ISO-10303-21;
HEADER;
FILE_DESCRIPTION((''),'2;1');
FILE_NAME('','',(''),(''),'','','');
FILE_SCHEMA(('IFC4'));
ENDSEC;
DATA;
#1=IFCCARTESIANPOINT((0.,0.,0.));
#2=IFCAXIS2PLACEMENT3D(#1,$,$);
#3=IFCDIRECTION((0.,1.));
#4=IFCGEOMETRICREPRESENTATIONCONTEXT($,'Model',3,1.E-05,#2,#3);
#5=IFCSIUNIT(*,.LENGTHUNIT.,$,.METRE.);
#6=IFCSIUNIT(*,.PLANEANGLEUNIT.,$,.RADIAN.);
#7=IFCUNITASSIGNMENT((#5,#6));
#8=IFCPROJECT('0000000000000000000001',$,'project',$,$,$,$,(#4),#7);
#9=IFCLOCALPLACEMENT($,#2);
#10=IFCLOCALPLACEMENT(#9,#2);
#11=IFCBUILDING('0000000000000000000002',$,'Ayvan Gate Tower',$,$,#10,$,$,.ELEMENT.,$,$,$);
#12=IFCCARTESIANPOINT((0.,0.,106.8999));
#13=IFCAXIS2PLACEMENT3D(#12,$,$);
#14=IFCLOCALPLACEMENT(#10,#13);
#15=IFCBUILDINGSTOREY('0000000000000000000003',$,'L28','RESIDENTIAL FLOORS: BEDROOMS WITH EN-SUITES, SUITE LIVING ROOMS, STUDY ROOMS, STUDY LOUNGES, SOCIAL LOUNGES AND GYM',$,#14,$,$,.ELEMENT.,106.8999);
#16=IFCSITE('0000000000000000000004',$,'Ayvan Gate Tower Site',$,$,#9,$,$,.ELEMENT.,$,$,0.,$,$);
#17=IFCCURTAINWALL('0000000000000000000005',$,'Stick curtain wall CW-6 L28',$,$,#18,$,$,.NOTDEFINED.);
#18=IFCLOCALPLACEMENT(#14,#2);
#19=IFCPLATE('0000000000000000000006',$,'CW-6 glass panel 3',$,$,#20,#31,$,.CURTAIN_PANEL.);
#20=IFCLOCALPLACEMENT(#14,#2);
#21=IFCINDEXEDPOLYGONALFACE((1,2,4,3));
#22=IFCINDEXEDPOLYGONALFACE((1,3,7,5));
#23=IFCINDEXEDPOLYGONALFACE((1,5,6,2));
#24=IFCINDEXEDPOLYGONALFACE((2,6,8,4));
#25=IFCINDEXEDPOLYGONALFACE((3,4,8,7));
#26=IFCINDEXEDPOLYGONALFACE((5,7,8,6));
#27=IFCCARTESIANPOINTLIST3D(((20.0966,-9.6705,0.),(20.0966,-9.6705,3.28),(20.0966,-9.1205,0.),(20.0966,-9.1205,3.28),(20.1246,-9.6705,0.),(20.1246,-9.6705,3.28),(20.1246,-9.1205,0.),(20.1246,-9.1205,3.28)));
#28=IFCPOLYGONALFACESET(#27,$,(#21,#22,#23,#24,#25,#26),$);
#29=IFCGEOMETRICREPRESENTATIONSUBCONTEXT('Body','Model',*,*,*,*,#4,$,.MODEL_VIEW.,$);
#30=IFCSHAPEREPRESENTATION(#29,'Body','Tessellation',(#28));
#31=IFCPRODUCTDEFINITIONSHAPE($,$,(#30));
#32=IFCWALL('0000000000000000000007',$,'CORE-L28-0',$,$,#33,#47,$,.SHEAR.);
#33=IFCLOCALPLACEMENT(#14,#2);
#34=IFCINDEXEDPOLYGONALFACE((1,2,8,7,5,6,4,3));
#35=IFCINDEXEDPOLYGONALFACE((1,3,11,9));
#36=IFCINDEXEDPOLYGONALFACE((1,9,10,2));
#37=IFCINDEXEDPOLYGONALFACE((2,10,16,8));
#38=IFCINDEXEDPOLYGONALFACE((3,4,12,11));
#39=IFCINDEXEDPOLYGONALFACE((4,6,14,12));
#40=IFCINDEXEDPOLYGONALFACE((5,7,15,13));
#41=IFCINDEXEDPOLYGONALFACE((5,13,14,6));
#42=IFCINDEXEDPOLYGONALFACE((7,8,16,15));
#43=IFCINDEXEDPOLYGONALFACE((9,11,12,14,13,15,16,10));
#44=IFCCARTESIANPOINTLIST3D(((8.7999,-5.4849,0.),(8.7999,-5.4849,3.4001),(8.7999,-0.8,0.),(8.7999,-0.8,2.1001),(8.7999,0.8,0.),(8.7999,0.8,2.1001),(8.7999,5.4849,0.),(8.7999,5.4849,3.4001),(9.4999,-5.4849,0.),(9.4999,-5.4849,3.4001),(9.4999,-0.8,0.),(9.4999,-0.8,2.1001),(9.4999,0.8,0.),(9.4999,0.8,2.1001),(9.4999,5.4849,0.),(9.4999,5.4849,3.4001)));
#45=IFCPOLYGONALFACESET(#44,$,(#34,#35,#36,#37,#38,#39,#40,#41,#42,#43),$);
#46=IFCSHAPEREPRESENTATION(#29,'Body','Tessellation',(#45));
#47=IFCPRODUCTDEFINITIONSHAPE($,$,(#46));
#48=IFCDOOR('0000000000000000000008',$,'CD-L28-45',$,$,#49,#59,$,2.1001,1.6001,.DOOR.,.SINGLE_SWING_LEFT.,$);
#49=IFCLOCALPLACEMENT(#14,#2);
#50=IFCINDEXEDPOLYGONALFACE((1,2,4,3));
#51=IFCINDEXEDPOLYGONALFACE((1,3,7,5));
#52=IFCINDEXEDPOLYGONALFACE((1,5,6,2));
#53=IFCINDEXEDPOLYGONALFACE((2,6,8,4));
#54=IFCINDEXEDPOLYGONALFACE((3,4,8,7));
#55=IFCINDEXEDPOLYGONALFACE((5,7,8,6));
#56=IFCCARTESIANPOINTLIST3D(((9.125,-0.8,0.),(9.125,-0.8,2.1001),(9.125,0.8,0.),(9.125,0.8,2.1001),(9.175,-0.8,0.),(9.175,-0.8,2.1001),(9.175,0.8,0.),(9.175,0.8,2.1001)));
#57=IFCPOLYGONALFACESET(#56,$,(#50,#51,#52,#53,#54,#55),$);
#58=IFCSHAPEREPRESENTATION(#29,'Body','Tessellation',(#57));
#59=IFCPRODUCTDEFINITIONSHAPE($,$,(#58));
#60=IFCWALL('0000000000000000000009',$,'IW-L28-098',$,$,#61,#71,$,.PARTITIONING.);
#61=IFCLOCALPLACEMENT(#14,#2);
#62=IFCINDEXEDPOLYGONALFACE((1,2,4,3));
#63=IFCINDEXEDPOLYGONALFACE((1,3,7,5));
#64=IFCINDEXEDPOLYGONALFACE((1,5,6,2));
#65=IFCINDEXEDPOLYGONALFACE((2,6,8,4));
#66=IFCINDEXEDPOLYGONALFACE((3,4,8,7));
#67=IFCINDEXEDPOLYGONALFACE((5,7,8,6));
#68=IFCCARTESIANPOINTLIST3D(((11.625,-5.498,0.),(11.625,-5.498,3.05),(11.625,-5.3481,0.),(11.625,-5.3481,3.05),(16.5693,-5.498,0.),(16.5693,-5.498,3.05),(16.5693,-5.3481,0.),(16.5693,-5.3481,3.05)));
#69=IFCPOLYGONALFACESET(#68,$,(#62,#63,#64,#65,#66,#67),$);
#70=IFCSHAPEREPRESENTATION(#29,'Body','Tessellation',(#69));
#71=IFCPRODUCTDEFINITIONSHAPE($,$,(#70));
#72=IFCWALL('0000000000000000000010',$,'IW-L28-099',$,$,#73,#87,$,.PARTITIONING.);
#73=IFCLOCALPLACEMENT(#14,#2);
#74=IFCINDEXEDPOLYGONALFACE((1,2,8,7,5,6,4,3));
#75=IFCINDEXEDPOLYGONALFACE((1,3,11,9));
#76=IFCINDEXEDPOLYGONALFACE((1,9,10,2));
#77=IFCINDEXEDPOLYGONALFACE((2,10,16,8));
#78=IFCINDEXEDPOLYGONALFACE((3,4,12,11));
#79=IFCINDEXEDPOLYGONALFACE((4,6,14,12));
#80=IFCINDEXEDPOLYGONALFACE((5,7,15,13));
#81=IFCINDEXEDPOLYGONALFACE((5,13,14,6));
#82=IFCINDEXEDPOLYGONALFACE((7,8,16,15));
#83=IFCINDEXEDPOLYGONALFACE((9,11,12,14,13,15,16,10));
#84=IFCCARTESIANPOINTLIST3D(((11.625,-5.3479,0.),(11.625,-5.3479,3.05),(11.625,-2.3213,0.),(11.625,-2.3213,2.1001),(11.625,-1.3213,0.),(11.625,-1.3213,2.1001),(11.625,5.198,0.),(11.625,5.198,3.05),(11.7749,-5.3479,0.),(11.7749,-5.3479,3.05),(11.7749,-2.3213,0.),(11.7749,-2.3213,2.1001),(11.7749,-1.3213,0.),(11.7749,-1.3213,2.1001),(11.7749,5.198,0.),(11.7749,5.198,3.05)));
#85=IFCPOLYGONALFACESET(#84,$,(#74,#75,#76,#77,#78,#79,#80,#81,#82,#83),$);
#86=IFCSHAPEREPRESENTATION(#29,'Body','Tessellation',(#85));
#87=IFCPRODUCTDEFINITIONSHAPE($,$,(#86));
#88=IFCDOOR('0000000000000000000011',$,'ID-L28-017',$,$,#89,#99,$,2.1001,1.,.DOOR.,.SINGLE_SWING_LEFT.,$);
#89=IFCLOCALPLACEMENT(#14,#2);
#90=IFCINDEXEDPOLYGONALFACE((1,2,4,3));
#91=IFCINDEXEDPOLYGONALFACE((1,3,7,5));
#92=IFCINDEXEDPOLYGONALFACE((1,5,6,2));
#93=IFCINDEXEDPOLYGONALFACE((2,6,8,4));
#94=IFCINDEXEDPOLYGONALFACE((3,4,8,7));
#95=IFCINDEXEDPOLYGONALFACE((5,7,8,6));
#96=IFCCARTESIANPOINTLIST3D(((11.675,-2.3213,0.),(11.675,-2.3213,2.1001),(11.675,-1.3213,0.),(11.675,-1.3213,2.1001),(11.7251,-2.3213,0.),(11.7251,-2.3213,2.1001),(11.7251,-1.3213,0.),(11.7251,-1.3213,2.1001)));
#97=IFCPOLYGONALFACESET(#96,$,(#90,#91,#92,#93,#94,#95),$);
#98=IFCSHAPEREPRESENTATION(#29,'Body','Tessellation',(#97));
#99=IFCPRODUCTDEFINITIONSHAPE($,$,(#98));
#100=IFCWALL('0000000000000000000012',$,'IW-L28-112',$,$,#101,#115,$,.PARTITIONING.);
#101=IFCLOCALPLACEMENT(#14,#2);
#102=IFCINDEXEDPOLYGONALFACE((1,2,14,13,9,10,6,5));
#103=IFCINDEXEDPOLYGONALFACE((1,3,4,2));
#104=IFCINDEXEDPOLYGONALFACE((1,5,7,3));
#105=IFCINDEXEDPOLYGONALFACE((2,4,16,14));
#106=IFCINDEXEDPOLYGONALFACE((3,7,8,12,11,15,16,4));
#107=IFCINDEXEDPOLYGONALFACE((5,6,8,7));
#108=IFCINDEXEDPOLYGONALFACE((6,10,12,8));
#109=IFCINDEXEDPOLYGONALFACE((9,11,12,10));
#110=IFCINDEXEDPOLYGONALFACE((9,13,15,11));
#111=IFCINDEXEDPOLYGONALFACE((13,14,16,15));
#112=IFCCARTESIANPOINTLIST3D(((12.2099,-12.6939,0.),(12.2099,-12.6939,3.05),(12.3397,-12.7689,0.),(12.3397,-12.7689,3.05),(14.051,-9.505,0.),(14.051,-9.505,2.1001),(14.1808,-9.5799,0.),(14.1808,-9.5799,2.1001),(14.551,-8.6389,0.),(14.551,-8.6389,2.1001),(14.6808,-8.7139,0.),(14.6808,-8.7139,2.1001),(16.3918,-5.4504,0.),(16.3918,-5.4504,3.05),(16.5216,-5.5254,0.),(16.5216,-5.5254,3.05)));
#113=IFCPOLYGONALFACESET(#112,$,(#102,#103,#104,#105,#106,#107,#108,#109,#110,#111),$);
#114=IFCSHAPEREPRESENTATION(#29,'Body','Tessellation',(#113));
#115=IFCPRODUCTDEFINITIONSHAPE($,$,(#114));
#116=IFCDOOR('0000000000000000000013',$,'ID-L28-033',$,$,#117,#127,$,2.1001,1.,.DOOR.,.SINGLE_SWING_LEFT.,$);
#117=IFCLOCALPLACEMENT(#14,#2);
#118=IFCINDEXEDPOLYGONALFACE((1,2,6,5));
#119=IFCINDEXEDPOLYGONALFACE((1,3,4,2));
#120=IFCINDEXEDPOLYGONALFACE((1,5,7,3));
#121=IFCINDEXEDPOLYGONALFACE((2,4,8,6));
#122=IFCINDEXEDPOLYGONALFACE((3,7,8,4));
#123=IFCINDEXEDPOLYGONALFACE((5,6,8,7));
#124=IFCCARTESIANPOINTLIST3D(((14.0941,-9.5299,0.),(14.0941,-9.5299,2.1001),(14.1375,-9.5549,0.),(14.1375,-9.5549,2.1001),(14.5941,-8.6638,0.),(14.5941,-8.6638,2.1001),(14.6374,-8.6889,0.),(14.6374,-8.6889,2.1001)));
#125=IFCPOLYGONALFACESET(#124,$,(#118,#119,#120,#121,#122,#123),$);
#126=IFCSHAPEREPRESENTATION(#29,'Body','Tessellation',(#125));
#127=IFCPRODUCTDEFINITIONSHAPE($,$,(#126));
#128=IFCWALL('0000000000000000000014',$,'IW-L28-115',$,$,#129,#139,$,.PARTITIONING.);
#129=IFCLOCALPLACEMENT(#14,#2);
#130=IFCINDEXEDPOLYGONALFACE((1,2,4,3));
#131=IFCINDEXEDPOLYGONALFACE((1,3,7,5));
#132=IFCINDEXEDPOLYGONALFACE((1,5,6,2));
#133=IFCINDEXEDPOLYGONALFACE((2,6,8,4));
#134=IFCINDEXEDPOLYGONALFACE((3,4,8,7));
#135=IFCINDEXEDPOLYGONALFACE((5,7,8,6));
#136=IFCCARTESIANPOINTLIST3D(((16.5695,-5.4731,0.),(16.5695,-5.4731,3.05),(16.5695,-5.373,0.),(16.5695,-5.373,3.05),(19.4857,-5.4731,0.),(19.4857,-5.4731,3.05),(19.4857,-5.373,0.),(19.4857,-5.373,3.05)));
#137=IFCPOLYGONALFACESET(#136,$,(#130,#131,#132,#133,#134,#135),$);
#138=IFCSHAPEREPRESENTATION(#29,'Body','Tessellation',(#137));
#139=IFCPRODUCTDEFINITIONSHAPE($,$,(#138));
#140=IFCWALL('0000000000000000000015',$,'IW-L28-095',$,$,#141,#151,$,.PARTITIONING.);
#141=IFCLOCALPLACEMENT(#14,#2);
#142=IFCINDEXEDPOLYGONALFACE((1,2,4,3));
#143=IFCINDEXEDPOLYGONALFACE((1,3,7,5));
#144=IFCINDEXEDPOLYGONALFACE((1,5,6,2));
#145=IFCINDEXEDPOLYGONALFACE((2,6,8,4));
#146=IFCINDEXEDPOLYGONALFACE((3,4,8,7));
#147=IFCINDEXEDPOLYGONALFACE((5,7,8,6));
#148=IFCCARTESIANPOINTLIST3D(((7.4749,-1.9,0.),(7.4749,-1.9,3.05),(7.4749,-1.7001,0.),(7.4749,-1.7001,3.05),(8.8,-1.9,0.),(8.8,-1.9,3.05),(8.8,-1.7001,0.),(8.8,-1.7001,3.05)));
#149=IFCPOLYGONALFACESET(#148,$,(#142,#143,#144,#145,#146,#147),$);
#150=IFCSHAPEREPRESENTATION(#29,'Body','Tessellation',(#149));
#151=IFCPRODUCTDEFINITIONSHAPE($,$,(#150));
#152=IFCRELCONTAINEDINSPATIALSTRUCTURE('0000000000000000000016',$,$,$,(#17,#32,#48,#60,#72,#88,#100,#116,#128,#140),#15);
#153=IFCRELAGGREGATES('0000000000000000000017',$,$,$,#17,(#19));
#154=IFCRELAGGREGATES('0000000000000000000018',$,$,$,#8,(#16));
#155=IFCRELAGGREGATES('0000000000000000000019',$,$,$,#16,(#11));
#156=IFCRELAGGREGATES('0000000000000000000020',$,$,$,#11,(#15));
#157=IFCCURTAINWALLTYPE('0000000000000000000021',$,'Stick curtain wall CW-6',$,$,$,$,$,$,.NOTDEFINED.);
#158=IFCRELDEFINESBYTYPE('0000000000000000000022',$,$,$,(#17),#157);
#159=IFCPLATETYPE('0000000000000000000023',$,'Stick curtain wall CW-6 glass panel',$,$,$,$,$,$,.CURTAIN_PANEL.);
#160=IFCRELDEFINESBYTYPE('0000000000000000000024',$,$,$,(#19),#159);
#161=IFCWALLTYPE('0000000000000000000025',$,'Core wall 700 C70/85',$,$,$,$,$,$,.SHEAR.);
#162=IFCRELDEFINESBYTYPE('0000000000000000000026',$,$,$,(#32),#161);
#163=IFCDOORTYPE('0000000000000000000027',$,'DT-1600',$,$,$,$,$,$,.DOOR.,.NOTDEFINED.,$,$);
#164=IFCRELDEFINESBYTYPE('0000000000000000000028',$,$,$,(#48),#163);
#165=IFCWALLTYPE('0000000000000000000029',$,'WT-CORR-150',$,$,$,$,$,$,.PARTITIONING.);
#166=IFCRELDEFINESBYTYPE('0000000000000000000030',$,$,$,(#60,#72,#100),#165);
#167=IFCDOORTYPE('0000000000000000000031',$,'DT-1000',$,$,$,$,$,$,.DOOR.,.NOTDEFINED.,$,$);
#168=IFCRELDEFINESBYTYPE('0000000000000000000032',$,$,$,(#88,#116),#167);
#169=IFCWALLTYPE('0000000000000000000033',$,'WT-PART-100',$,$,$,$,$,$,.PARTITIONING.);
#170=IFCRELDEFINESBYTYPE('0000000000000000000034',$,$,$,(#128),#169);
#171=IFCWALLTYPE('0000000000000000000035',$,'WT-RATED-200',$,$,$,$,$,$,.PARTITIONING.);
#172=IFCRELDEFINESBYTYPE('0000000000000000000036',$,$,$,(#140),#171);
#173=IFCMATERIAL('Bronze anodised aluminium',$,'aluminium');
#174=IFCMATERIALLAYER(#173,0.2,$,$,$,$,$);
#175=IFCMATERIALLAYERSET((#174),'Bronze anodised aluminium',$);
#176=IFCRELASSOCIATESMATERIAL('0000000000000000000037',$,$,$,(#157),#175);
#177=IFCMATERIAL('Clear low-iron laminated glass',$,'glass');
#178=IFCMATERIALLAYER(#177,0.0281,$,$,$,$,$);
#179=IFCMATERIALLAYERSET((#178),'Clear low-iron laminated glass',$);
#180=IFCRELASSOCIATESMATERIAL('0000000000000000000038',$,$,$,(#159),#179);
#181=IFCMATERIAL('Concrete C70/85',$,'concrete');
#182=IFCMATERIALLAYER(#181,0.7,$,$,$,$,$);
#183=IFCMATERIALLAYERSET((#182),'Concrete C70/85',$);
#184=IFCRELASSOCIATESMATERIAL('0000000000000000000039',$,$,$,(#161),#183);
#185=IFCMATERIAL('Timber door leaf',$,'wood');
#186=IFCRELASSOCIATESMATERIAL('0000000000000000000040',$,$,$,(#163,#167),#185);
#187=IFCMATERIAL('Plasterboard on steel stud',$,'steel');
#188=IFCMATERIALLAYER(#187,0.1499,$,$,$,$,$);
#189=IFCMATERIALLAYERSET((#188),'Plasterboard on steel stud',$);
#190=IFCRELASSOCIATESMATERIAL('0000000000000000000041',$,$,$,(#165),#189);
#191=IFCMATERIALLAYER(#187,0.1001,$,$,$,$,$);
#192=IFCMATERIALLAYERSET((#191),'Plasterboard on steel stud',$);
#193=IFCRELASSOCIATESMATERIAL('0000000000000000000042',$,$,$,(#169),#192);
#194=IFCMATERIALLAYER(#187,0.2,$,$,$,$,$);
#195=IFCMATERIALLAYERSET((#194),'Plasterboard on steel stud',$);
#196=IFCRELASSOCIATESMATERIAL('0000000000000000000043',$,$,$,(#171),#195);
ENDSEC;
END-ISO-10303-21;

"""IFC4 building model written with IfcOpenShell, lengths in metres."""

from ifc_helpers import new_model, si_unit, direction, frame, frame_2d, origin, origin_2d, place, context, subcontext, project, spatial, rectangle, extrude, material, layer, layer_set, type_object, element, fill, aggregate, save


model = new_model("IFC4")

# Units and contexts
model_context = context("Model", 3, precision=1e-05, world=origin(), true_north=direction((0.0, 1.0)))
body_context = subcontext(model_context, "Body", "Model", "MODEL_VIEW")
ifc_project = project(units=[si_unit("LENGTHUNIT", "METRE"), si_unit("PLANEANGLEUNIT", "RADIAN")], contexts=[model_context])

# Site, building, storey
site_placement = place(None, origin())
site = spatial("IfcSite", under=ifc_project, at=site_placement, Name="Ayvan Gate Tower Site", CompositionType="ELEMENT", RefElevation=0.0)
building_placement = place(site_placement, origin())
building = spatial("IfcBuilding", under=site, at=building_placement, Name="Ayvan Gate Tower", CompositionType="ELEMENT")
storey_placement = place(building_placement, frame((0.0, 0.0, 106.8999)))
storey = spatial("IfcBuildingStorey", under=building, at=storey_placement, Name="L28", Description="RESIDENTIAL FLOORS: BEDROOMS WITH EN-SUITES, SUITE LIVING ROOMS, STUDY ROOMS, STUDY LOUNGES, SOCIAL LOUNGES AND GYM", CompositionType="ELEMENT", Elevation=106.8999)

# Curtain wall
ifc_material_1 = material(Name="Bronze anodised aluminium", Category="aluminium")
ifc_layer_1 = layer(ifc_material_1, 0.2)
ifc_layer_set_1 = layer_set([ifc_layer_1], Name="Bronze anodised aluminium")
curtain_wall_type_1 = type_object("IfcCurtainWallType", Name="Stick curtain wall CW-6", PredefinedType="NOTDEFINED", material=ifc_layer_set_1)
curtain_wall_1_placement = place(storey_placement, origin())
curtain_wall_1 = element("IfcCurtainWall", 1, at=curtain_wall_1_placement, inside=storey, type_object=curtain_wall_type_1, Name="Stick curtain wall CW-6 L28", PredefinedType="NOTDEFINED")

# Plate
ifc_material_2 = material(Name="Clear low-iron laminated glass", Category="glass")
ifc_layer_2 = layer(ifc_material_2, 0.0281)
ifc_layer_set_2 = layer_set([ifc_layer_2], Name="Clear low-iron laminated glass")
plate_type_1 = type_object("IfcPlateType", Name="Stick curtain wall CW-6 glass panel", PredefinedType="CURTAIN_PANEL", material=ifc_layer_set_2)
plate_1_placement = place(storey_placement, frame((20.1106, -9.3955, 0.0), z_axis=(0.0, 0.0, 1.0), x_axis=(0.0, 1.0, 0.0)))
plate_1 = element("IfcPlate", 2, at=plate_1_placement, type_object=plate_type_1, Name="CW-6 glass panel 3", PredefinedType="CURTAIN_PANEL", context=body_context, shape_type="SweptSolid", body=[
    extrude(rectangle(XDim=0.55, YDim=0.0281, at=origin_2d()), origin(), (0.0, 0.0, 1.0), 3.28),
])
aggregate(curtain_wall_1, [plate_1])

# Wall, opening, door
ifc_material_3 = material(Name="Concrete C70/85", Category="concrete")
ifc_layer_3 = layer(ifc_material_3, 0.7)
ifc_layer_set_3 = layer_set([ifc_layer_3], Name="Concrete C70/85")
wall_type_1 = type_object("IfcWallType", Name="Core wall 700 C70/85", PredefinedType="SHEAR", material=ifc_layer_set_3)
wall_1_placement = place(storey_placement, frame((9.1499, -5.4849, 0.0), z_axis=(0.0, 0.0, 1.0), x_axis=(0.0, 1.0, 0.0)))
wall_1 = element("IfcWall", 3, at=wall_1_placement, inside=storey, type_object=wall_type_1, Name="CORE-L28-0", PredefinedType="SHEAR", context=body_context, shape_type="SweptSolid", body=[
    extrude(rectangle(XDim=10.9697, YDim=0.7, at=frame_2d((5.4849, 0.0))), origin(), (0.0, 0.0, 1.0), 3.4001),
])
opening_1_placement = place(wall_1_placement, frame((4.6848, 0.0, 0.0)))
opening_1 = element("IfcOpeningElement", 4, at=opening_1_placement, cuts=wall_1, PredefinedType="OPENING", context=body_context, shape_type="SweptSolid", body=[
    extrude(rectangle(XDim=1.6001, YDim=2.1001, at=frame_2d((0.8, 1.05))), frame((0.0, 0.3599, 0.0), z_axis=(0.0, -1.0, 0.0), x_axis=(1.0, 0.0, 0.0)), (0.0, 0.0, 1.0), 0.72),
])
ifc_material_4 = material(Name="Timber door leaf", Category="wood")
door_type_1 = type_object("IfcDoorType", Name="DT-1600", OperationType="NOTDEFINED", PredefinedType="DOOR", material=ifc_material_4)
door_1_placement = place(opening_1_placement, origin())
door_1 = element("IfcDoor", 5, at=door_1_placement, inside=storey, type_object=door_type_1, Name="CD-L28-45", OperationType="SINGLE_SWING_LEFT", OverallHeight=2.1001, OverallWidth=1.6001, PredefinedType="DOOR", context=body_context, shape_type="SweptSolid", body=[
    extrude(rectangle(XDim=1.6001, YDim=2.1001, at=frame_2d((0.8, 1.05))), frame((0.0, 0.0249, 0.0), z_axis=(0.0, -1.0, 0.0), x_axis=(1.0, 0.0, 0.0)), (0.0, 0.0, 1.0), 0.05),
])
fill(opening_1, door_1)

# Wall
ifc_material_5 = material(Name="Plasterboard on steel stud", Category="steel")
ifc_layer_4 = layer(ifc_material_5, 0.1499)
ifc_layer_set_4 = layer_set([ifc_layer_4], Name="Plasterboard on steel stud")
wall_type_2 = type_object("IfcWallType", Name="WT-CORR-150", PredefinedType="PARTITIONING", material=ifc_layer_set_4)
wall_2_placement = place(storey_placement, frame((11.625, -5.4231, 0.0), z_axis=(0.0, 0.0, 1.0), x_axis=(1.0, 0.0, 0.0)))
element("IfcWall", 6, at=wall_2_placement, inside=storey, type_object=wall_type_2, Name="IW-L28-098", PredefinedType="PARTITIONING", context=body_context, shape_type="SweptSolid", body=[
    extrude(rectangle(XDim=4.9443, YDim=0.1499, at=frame_2d((2.4722, 0.0))), origin(), (0.0, 0.0, 1.0), 3.05),
])

# Walls, openings, doors
wall_3_placement = place(storey_placement, frame((11.7, -5.3479, 0.0), z_axis=(0.0, 0.0, 1.0), x_axis=(0.0, 1.0, 0.0)))
wall_3 = element("IfcWall", 7, at=wall_3_placement, inside=storey, type_object=wall_type_2, Name="IW-L28-099", PredefinedType="PARTITIONING", context=body_context, shape_type="SweptSolid", body=[
    extrude(rectangle(XDim=10.5459, YDim=0.1499, at=frame_2d((5.2729, 0.0))), origin(), (0.0, 0.0, 1.0), 3.05),
])
opening_2_placement = place(wall_3_placement, frame((3.0266, 0.0, 0.0)))
opening_2 = element("IfcOpeningElement", 8, at=opening_2_placement, cuts=wall_3, PredefinedType="OPENING", context=body_context, shape_type="SweptSolid", body=[
    extrude(rectangle(XDim=1.0, YDim=2.1001, at=frame_2d((0.5, 1.05))), frame((0.0, 0.085, 0.0), z_axis=(0.0, -1.0, 0.0), x_axis=(1.0, 0.0, 0.0)), (0.0, 0.0, 1.0), 0.1699),
])
door_type_2 = type_object("IfcDoorType", Name="DT-1000", OperationType="NOTDEFINED", PredefinedType="DOOR", material=ifc_material_4)
door_2_placement = place(opening_2_placement, origin())
door_2 = element("IfcDoor", 9, at=door_2_placement, inside=storey, type_object=door_type_2, Name="ID-L28-017", OperationType="SINGLE_SWING_LEFT", OverallHeight=2.1001, OverallWidth=1.0, PredefinedType="DOOR", context=body_context, shape_type="SweptSolid", body=[
    extrude(rectangle(XDim=1.0, YDim=2.1001, at=frame_2d((0.5, 1.05))), frame((0.0, 0.0249, 0.0), z_axis=(0.0, -1.0, 0.0), x_axis=(1.0, 0.0, 0.0)), (0.0, 0.0, 1.0), 0.05),
])
fill(opening_2, door_2)
wall_4_placement = place(storey_placement, frame((16.4568, -5.4878, 0.0), z_axis=(0.0, 0.0, 1.0), x_axis=(-0.499991, -0.866031, 0.0)))
wall_4 = element("IfcWall", 10, at=wall_4_placement, inside=storey, type_object=wall_type_2, Name="IW-L28-112", PredefinedType="PARTITIONING", context=body_context, shape_type="SweptSolid", body=[
    extrude(rectangle(XDim=8.364, YDim=0.1499, at=frame_2d((4.1821, 0.0))), origin(), (0.0, 0.0, 1.0), 3.05),
])
opening_3_placement = place(wall_4_placement, frame((3.6819, 0.0, 0.0)))
opening_3 = element("IfcOpeningElement", 11, at=opening_3_placement, cuts=wall_4, PredefinedType="OPENING", context=body_context, shape_type="SweptSolid", body=[
    extrude(rectangle(XDim=1.0, YDim=2.1001, at=frame_2d((0.5, 1.05))), frame((0.0, 0.085, 0.0), z_axis=(0.0, -1.0, 0.0), x_axis=(1.0, 0.0, 0.0)), (0.0, 0.0, 1.0), 0.1699),
])
door_3_placement = place(opening_3_placement, origin())
door_3 = element("IfcDoor", 12, at=door_3_placement, inside=storey, type_object=door_type_2, Name="ID-L28-033", OperationType="SINGLE_SWING_LEFT", OverallHeight=2.1001, OverallWidth=1.0, PredefinedType="DOOR", context=body_context, shape_type="SweptSolid", body=[
    extrude(rectangle(XDim=1.0, YDim=2.1001, at=frame_2d((0.5, 1.05))), frame((0.0, 0.0249, 0.0), z_axis=(0.0, -1.0, 0.0), x_axis=(1.0, 0.0, 0.0)), (0.0, 0.0, 1.0), 0.05),
])
fill(opening_3, door_3)

# Walls
ifc_layer_5 = layer(ifc_material_5, 0.1001)
ifc_layer_set_5 = layer_set([ifc_layer_5], Name="Plasterboard on steel stud")
wall_type_3 = type_object("IfcWallType", Name="WT-PART-100", PredefinedType="PARTITIONING", material=ifc_layer_set_5)
wall_5_placement = place(storey_placement, frame((19.4856, -5.4231, 0.0), z_axis=(0.0, 0.0, 1.0), x_axis=(-1.0, 0.0, 0.0)))
element("IfcWall", 13, at=wall_5_placement, inside=storey, type_object=wall_type_3, Name="IW-L28-115", PredefinedType="PARTITIONING", context=body_context, shape_type="SweptSolid", body=[
    extrude(rectangle(XDim=2.9163, YDim=0.1001, at=frame_2d((1.458, 0.0))), origin(), (0.0, 0.0, 1.0), 3.05),
])
ifc_layer_6 = layer(ifc_material_5, 0.2)
ifc_layer_set_6 = layer_set([ifc_layer_6], Name="Plasterboard on steel stud")
wall_type_4 = type_object("IfcWallType", Name="WT-RATED-200", PredefinedType="PARTITIONING", material=ifc_layer_set_6)
wall_6_placement = place(storey_placement, frame((8.8, -1.8, 0.0), z_axis=(0.0, 0.0, 1.0), x_axis=(-1.0, 0.0, 0.0)))
element("IfcWall", 14, at=wall_6_placement, inside=storey, type_object=wall_type_4, Name="IW-L28-095", PredefinedType="PARTITIONING", context=body_context, shape_type="SweptSolid", body=[
    extrude(rectangle(XDim=1.3252, YDim=0.2, at=frame_2d((0.6626, 0.0))), origin(), (0.0, 0.0, 1.0), 3.05),
])

save(model, "model.ifc")
